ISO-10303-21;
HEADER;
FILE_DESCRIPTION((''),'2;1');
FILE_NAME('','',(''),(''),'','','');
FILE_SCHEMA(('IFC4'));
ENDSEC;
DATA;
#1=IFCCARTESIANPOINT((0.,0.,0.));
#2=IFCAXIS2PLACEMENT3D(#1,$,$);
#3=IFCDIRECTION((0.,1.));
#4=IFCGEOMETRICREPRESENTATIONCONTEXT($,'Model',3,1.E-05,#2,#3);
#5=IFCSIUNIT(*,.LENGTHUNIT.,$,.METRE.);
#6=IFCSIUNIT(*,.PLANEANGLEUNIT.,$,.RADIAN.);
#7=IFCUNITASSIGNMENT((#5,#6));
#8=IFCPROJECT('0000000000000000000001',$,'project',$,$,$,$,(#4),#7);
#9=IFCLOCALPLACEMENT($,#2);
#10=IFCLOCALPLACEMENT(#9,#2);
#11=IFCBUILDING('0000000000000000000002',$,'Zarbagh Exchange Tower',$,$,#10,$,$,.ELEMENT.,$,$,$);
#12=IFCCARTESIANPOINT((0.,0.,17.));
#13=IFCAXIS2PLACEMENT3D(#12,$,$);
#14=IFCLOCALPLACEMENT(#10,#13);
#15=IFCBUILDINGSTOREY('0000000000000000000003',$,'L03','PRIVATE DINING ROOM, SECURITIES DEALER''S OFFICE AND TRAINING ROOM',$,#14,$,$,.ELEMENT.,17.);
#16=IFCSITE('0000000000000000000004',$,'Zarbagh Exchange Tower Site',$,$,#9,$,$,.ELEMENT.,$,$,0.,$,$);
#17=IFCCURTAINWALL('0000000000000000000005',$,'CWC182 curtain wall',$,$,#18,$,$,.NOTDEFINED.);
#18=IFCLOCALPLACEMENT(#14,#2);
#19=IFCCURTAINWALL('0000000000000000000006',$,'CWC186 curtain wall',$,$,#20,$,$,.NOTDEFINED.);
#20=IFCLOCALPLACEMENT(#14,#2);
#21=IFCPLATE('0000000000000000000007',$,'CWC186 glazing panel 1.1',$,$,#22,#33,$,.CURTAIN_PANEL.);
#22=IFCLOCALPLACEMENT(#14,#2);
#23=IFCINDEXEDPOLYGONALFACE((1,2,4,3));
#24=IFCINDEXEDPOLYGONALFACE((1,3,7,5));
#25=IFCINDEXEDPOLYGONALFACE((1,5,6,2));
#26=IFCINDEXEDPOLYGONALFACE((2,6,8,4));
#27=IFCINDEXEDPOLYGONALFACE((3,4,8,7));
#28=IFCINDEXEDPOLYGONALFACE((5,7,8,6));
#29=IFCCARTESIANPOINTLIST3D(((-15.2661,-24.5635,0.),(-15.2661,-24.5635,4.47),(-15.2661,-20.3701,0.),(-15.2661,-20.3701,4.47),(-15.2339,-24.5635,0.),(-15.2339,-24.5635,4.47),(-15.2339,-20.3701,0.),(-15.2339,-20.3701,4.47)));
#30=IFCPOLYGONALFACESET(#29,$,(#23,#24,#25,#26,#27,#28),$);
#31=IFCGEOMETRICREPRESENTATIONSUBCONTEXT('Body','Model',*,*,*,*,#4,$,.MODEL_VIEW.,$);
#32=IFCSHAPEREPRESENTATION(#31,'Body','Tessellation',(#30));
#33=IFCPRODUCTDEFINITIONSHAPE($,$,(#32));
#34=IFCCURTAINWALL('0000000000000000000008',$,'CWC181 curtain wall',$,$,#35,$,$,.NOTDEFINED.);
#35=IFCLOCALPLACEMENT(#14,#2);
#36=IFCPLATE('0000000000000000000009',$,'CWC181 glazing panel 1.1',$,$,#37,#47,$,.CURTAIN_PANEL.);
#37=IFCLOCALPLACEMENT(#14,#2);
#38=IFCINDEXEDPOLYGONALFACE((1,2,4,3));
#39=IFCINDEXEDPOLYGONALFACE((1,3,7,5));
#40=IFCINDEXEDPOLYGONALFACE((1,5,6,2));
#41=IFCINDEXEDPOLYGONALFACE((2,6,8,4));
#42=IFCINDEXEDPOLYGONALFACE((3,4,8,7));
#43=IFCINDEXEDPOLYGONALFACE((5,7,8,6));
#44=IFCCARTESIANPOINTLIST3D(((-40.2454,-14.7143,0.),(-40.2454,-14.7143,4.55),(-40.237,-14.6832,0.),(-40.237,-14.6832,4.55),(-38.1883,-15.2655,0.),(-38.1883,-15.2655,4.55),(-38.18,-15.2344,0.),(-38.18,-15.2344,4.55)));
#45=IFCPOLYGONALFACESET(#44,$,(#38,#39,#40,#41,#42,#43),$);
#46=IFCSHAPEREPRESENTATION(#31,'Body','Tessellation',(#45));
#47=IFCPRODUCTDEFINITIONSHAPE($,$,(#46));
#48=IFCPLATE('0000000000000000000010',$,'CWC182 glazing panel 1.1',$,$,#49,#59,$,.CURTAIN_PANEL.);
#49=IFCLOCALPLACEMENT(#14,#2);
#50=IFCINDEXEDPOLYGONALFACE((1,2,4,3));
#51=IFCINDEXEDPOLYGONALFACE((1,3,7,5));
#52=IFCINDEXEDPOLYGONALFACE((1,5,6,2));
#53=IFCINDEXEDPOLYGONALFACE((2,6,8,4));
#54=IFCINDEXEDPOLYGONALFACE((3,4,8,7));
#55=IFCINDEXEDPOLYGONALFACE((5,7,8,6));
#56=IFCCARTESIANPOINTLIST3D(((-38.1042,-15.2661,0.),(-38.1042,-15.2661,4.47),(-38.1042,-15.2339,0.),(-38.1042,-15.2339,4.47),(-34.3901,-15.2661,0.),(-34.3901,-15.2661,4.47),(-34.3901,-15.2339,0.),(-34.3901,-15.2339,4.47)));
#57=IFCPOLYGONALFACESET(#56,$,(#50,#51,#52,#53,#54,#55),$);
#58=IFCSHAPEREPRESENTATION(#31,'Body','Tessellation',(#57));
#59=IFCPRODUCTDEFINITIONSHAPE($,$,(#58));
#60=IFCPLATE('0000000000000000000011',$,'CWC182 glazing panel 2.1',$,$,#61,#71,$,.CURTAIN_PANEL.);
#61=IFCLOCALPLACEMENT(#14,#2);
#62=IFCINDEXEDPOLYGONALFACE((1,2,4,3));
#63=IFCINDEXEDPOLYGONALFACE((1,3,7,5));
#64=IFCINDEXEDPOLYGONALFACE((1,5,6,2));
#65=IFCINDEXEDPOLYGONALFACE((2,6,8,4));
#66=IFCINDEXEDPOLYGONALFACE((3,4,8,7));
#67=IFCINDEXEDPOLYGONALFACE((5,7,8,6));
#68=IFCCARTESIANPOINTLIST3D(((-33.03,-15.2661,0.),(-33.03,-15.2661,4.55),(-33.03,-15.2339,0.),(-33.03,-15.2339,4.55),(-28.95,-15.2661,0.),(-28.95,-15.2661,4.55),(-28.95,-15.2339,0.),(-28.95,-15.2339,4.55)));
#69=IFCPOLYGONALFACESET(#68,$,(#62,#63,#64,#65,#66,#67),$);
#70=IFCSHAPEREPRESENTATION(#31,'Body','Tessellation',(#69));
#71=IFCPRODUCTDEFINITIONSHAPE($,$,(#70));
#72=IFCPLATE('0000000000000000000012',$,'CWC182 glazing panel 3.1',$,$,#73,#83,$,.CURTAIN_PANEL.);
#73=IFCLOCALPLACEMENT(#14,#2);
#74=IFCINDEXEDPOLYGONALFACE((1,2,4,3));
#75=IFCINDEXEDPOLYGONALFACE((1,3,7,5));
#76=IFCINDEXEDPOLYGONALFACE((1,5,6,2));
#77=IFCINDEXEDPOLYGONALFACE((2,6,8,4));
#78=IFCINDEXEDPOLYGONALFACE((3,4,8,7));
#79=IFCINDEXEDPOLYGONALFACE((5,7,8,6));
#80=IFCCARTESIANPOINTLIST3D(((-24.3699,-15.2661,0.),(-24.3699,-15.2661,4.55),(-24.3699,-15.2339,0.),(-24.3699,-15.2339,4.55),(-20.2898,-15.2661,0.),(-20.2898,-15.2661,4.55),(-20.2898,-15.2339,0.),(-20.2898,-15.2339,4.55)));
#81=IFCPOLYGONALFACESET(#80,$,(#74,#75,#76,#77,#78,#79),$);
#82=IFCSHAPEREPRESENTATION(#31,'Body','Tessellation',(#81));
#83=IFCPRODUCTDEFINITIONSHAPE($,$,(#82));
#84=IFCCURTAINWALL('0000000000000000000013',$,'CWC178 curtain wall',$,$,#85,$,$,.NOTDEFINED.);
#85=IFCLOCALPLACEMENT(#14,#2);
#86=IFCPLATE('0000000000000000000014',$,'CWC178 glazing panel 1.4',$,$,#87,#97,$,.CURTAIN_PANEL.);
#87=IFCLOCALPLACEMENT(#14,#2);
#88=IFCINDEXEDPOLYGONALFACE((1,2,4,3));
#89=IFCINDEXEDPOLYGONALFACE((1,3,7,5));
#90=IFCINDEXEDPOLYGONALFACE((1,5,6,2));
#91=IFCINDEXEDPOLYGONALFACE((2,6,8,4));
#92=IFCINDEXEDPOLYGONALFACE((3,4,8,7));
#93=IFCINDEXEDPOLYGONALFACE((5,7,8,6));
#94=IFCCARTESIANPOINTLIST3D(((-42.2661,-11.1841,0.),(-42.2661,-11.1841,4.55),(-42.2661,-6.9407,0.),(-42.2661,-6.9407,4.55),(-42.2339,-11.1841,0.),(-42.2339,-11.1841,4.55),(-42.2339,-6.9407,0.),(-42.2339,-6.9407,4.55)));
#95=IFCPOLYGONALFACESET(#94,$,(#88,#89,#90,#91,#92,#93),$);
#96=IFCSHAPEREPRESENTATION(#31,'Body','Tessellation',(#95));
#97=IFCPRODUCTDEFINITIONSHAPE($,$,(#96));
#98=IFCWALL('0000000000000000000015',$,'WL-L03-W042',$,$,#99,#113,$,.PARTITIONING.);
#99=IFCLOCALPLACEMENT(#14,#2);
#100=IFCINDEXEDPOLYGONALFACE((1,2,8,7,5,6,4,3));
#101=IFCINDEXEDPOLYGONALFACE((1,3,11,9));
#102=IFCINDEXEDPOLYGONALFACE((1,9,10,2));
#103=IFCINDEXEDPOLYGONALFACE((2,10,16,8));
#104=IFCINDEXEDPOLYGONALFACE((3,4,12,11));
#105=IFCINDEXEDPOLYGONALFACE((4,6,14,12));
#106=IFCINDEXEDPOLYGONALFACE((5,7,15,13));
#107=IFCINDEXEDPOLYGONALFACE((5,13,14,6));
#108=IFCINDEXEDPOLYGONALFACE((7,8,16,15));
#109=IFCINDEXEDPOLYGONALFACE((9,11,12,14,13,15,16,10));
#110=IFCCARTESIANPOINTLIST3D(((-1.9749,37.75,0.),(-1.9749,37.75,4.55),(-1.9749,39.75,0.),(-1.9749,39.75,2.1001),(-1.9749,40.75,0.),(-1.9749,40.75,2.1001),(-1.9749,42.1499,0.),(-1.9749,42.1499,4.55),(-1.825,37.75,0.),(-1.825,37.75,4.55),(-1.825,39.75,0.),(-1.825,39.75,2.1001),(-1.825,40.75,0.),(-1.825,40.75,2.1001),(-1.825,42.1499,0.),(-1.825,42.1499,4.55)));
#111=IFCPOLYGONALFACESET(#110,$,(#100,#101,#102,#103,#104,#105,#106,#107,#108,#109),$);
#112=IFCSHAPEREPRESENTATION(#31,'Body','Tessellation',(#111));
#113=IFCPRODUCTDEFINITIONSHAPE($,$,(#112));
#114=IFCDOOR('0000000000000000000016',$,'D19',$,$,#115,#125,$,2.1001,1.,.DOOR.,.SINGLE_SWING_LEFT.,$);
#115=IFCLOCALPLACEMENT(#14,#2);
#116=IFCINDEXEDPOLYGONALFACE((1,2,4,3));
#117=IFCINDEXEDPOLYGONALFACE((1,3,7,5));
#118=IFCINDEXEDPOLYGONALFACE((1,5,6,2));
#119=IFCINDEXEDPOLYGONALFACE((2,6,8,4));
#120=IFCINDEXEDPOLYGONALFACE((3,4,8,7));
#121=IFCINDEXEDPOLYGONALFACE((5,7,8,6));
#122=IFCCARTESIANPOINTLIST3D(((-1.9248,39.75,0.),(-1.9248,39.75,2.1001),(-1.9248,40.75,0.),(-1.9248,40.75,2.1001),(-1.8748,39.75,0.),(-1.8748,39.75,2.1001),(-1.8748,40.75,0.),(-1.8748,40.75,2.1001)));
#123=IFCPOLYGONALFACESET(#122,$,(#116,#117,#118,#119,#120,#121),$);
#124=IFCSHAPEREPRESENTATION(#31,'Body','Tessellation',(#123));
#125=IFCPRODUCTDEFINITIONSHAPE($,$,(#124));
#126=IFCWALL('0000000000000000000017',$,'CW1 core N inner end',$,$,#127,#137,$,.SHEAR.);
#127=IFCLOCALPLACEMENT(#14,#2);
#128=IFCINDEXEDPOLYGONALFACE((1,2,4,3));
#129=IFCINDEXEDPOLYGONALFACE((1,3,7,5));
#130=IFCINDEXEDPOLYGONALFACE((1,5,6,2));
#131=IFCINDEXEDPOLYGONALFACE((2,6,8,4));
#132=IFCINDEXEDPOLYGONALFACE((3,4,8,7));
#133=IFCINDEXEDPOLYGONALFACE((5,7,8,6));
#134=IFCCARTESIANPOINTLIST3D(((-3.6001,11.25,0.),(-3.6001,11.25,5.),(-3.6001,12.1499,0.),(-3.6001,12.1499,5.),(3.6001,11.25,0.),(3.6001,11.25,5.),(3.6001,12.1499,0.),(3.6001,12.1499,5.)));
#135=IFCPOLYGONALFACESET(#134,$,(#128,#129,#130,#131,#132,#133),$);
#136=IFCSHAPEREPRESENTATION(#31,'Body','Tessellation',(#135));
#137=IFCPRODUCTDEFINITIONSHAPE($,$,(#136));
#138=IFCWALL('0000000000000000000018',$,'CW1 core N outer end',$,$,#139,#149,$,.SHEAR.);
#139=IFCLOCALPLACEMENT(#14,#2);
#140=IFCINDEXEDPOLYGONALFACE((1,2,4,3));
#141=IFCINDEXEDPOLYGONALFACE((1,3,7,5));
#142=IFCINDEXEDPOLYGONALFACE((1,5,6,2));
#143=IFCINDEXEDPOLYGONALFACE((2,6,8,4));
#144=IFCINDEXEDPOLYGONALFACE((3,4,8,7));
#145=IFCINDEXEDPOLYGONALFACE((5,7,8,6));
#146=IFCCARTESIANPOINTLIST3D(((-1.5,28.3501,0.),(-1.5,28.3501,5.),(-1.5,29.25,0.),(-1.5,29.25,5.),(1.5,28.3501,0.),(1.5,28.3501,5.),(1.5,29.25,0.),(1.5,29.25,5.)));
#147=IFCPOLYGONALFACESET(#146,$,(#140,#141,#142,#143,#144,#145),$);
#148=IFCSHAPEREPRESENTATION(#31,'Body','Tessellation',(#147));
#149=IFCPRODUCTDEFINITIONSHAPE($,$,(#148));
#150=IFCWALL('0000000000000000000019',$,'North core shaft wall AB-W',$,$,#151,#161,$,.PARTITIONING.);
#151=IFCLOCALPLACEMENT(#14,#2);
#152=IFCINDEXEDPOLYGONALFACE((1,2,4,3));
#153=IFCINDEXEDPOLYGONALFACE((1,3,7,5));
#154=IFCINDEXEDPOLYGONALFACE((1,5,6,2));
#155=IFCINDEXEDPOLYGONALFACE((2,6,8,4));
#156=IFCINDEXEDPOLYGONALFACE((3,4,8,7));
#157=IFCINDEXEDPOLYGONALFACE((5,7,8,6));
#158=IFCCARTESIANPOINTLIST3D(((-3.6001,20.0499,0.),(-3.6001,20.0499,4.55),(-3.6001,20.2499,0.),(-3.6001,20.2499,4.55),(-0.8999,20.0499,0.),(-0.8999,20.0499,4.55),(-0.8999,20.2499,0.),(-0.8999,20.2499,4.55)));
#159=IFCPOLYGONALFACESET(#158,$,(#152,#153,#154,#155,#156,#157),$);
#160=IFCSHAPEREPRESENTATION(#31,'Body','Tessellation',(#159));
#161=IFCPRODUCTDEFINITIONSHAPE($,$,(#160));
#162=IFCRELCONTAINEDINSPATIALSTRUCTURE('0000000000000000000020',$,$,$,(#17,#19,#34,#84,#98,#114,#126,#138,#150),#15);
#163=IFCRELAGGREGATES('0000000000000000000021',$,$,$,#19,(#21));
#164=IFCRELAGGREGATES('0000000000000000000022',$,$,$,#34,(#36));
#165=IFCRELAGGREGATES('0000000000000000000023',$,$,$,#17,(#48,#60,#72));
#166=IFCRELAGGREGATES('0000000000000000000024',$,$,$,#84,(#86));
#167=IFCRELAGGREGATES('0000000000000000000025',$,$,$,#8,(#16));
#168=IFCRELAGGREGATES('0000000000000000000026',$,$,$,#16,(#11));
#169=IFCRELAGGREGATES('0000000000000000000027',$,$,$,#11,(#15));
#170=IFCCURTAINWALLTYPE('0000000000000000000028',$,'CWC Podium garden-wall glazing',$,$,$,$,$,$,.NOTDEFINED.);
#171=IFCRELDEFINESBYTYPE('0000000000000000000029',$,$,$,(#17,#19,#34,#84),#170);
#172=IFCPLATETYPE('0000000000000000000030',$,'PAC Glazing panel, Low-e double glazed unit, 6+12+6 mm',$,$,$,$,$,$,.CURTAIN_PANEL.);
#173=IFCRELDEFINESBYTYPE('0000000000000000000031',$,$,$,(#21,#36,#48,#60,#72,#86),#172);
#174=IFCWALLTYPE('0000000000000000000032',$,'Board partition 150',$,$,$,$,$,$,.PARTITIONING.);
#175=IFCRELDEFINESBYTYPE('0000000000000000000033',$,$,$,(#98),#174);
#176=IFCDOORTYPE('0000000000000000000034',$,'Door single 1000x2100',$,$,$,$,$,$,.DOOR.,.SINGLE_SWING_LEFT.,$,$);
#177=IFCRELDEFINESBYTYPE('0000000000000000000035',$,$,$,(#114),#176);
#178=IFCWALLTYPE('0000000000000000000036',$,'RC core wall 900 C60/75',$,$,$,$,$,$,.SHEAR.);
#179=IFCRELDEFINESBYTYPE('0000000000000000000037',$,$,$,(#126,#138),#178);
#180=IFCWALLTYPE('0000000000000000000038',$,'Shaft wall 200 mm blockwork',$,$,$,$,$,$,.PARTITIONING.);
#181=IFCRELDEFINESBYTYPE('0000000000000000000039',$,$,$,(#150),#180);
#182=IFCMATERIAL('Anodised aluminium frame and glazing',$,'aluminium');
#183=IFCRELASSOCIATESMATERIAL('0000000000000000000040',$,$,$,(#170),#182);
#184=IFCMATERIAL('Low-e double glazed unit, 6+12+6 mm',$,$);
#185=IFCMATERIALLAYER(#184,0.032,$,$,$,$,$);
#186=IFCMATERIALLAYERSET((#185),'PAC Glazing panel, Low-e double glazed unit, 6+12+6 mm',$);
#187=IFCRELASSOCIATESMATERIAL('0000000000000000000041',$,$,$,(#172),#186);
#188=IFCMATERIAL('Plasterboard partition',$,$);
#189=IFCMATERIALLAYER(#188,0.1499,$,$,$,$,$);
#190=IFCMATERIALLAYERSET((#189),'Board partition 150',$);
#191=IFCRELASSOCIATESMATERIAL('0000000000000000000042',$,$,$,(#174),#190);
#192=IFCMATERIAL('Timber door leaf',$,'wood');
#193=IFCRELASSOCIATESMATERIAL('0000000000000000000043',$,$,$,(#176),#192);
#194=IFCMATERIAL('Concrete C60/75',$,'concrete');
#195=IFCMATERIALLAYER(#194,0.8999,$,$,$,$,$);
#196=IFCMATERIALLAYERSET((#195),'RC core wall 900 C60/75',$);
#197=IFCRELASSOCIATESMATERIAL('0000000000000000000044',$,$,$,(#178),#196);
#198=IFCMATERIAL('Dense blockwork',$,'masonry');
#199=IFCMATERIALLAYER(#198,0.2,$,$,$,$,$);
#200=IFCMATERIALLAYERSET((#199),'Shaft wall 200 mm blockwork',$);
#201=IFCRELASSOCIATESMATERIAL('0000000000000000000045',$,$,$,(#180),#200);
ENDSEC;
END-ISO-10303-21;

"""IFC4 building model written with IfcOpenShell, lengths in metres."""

from ifc_helpers import new_model, si_unit, direction, frame, frame_2d, origin, place, context, subcontext, project, spatial, polyline, rectangle, outline, extrude, source, transform, mapped, material, layer, layer_set, type_object, element, fill, aggregate, save


model = new_model("IFC4")

# Units and contexts
model_context = context("Model", 3, precision=1e-05, world=origin(), true_north=direction((0.0, 1.0)))
body_context = subcontext(model_context, "Body", "Model", "MODEL_VIEW")
ifc_project = project(units=[si_unit("LENGTHUNIT", "METRE"), si_unit("PLANEANGLEUNIT", "RADIAN")], contexts=[model_context])

# Site, building, storey
site_placement = place(None, origin())
site = spatial("IfcSite", under=ifc_project, at=site_placement, Name="Zarbagh Exchange Tower Site", CompositionType="ELEMENT", RefElevation=0.0)
building_placement = place(site_placement, origin())
building = spatial("IfcBuilding", under=site, at=building_placement, Name="Zarbagh Exchange Tower", CompositionType="ELEMENT")
storey_placement = place(building_placement, frame((0.0, 0.0, 17.0)))
storey = spatial("IfcBuildingStorey", under=building, at=storey_placement, Name="L03", Description="PRIVATE DINING ROOM, SECURITIES DEALER'S OFFICE AND TRAINING ROOM", CompositionType="ELEMENT", Elevation=17.0)

# Shared definitions
ifc_material_1 = material(Name="Concrete C60/75", Category="concrete")

# Curtain wall
ifc_material_2 = material(Name="Anodised aluminium frame and glazing", Category="aluminium")
curtain_wall_type = type_object("IfcCurtainWallType", Name="CWC Podium garden-wall glazing", PredefinedType="NOTDEFINED", material=ifc_material_2)
curtain_wall_1_placement = place(storey_placement, origin())
curtain_wall_1 = element("IfcCurtainWall", 1, at=curtain_wall_1_placement, inside=storey, type_object=curtain_wall_type, Name="CWC182 curtain wall", PredefinedType="NOTDEFINED")
placement = place(storey_placement, origin())

# Curtain wall
curtain_wall_2_placement = place(storey_placement, origin())
curtain_wall_2 = element("IfcCurtainWall", 2, at=curtain_wall_2_placement, inside=storey, type_object=curtain_wall_type, Name="CWC186 curtain wall", PredefinedType="NOTDEFINED")

# Shared definitions
ifc_material_3 = material(Name="Low-e double glazed unit, 6+12+6 mm")
ifc_layer_1 = layer(ifc_material_3, 0.032)
ifc_layer_set_1 = layer_set([ifc_layer_1], Name="PAC Glazing panel, Low-e double glazed unit, 6+12+6 mm")
plate_type = type_object("IfcPlateType", Name="PAC Glazing panel, Low-e double glazed unit, 6+12+6 mm", PredefinedType="CURTAIN_PANEL", material=ifc_layer_set_1)

# Plate
shared_shape_1 = source(origin(), body_context, "Body", "SweptSolid", [
    extrude(outline(polyline([(0.0, -0.0161), (4.1934, -0.0161), (4.1934, 0.0161), (0.0, 0.0161), (0.0, -0.0161)])), origin(), (0.0, 0.0, 1.0), 4.47),
])
plate_1 = element("IfcPlate", 3, at=placement, type_object=plate_type, Name="CWC186 glazing panel 1.1", PredefinedType="CURTAIN_PANEL", context=body_context, shape_type="MappedRepresentation", body=[
    mapped(shared_shape_1, transform((-15.25, -20.3701, 0.0), x_axis=(0.0, -1.0, 0.0), y_axis=(1.0, 0.0, 0.0), z_axis=(0.0, 0.0, 1.0))),
])
aggregate(curtain_wall_2, [plate_1])

# Curtain wall, plate
curtain_wall_3_placement = place(storey_placement, origin())
curtain_wall_3 = element("IfcCurtainWall", 4, at=curtain_wall_3_placement, inside=storey, type_object=curtain_wall_type, Name="CWC181 curtain wall", PredefinedType="NOTDEFINED")
shared_shape_2 = source(origin(), body_context, "Body", "SweptSolid", [
    extrude(outline(polyline([(0.0, -0.0161), (2.1296, -0.0161), (2.1296, 0.0161), (0.0, 0.0161), (0.0, -0.0161)])), origin(), (0.0, 0.0, 1.0), 4.55),
])
plate_2 = element("IfcPlate", 5, at=placement, type_object=plate_type, Name="CWC181 glazing panel 1.1", PredefinedType="CURTAIN_PANEL", context=body_context, shape_type="MappedRepresentation", body=[
    mapped(shared_shape_2, transform((-40.2412, -14.6987, 0.0), x_axis=(0.965924, -0.258825, 0.0), y_axis=(0.258825, 0.965924, 0.0), z_axis=(0.0, 0.0, 1.0))),
])
aggregate(curtain_wall_3, [plate_2])

# Plates
shared_shape_3 = source(origin(), body_context, "Body", "SweptSolid", [
    extrude(outline(polyline([(0.0, -0.0161), (3.7141, -0.0161), (3.7141, 0.0161), (0.0, 0.0161), (0.0, -0.0161)])), origin(), (0.0, 0.0, 1.0), 4.47),
])
plate_3 = element("IfcPlate", 6, at=placement, type_object=plate_type, Name="CWC182 glazing panel 1.1", PredefinedType="CURTAIN_PANEL", context=body_context, shape_type="MappedRepresentation", body=[
    mapped(shared_shape_3, transform((-38.1042, -15.25, 0.0), x_axis=(1.0, 0.0, 0.0), y_axis=(0.0, 1.0, 0.0), z_axis=(0.0, 0.0, 1.0))),
])
shared_shape_4 = source(origin(), body_context, "Body", "SweptSolid", [
    extrude(outline(polyline([(0.0, -0.0161), (4.0801, -0.0161), (4.0801, 0.0161), (0.0, 0.0161), (0.0, -0.0161)])), origin(), (0.0, 0.0, 1.0), 4.55),
])
plate_4 = element("IfcPlate", 7, at=placement, type_object=plate_type, Name="CWC182 glazing panel 2.1", PredefinedType="CURTAIN_PANEL", context=body_context, shape_type="MappedRepresentation", body=[
    mapped(shared_shape_4, transform((-33.03, -15.25, 0.0), x_axis=(1.0, 0.0, 0.0), y_axis=(0.0, 1.0, 0.0), z_axis=(0.0, 0.0, 1.0))),
])
plate_5 = element("IfcPlate", 8, at=placement, type_object=plate_type, Name="CWC182 glazing panel 3.1", PredefinedType="CURTAIN_PANEL", context=body_context, shape_type="MappedRepresentation", body=[
    mapped(shared_shape_4, transform((-24.3699, -15.25, 0.0), x_axis=(1.0, 0.0, 0.0), y_axis=(0.0, 1.0, 0.0), z_axis=(0.0, 0.0, 1.0))),
])
aggregate(curtain_wall_1, [plate_3, plate_4, plate_5])

# Curtain wall, plate
curtain_wall_4_placement = place(storey_placement, origin())
curtain_wall_4 = element("IfcCurtainWall", 9, at=curtain_wall_4_placement, inside=storey, type_object=curtain_wall_type, Name="CWC178 curtain wall", PredefinedType="NOTDEFINED")
shared_shape_5 = source(origin(), body_context, "Body", "SweptSolid", [
    extrude(outline(polyline([(0.0, -0.0161), (4.2434, -0.0161), (4.2434, 0.0161), (0.0, 0.0161), (0.0, -0.0161)])), origin(), (0.0, 0.0, 1.0), 4.55),
])
plate_6 = element("IfcPlate", 10, at=placement, type_object=plate_type, Name="CWC178 glazing panel 1.4", PredefinedType="CURTAIN_PANEL", context=body_context, shape_type="MappedRepresentation", body=[
    mapped(shared_shape_5, transform((-42.25, -6.9407, 0.0), x_axis=(0.0, -1.0, 0.0), y_axis=(1.0, 0.0, 0.0), z_axis=(0.0, 0.0, 1.0))),
])
aggregate(curtain_wall_4, [plate_6])

# Wall, opening, door
ifc_material_4 = material(Name="Plasterboard partition")
ifc_layer_2 = layer(ifc_material_4, 0.1499)
ifc_layer_set_2 = layer_set([ifc_layer_2], Name="Board partition 150")
wall_type_1 = type_object("IfcWallType", Name="Board partition 150", PredefinedType="PARTITIONING", material=ifc_layer_set_2)
wall_1_placement = place(storey_placement, frame((-1.8999, 37.75, 0.0), z_axis=(0.0, 0.0, 1.0), x_axis=(0.0, 1.0, 0.0)))
wall_1 = element("IfcWall", 11, at=wall_1_placement, inside=storey, type_object=wall_type_1, Name="WL-L03-W042", PredefinedType="PARTITIONING", context=body_context, shape_type="SweptSolid", body=[
    extrude(rectangle(XDim=4.3999, YDim=0.1499, at=frame_2d((2.2, 0.0))), origin(), (0.0, 0.0, 1.0), 4.55),
])
opening_1_placement = place(wall_1_placement, frame((2.0, 0.0, 0.0)))
opening_1 = element("IfcOpeningElement", 12, at=opening_1_placement, cuts=wall_1, PredefinedType="OPENING", context=body_context, shape_type="SweptSolid", body=[
    extrude(rectangle(XDim=1.0, YDim=2.1001, at=frame_2d((0.5, 1.05))), frame((0.0, 0.085, 0.0), z_axis=(0.0, -1.0, 0.0), x_axis=(1.0, 0.0, 0.0)), (0.0, 0.0, 1.0), 0.1699),
])
ifc_material_5 = material(Name="Timber door leaf", Category="wood")
door_type_1 = type_object("IfcDoorType", Name="Door single 1000x2100", OperationType="SINGLE_SWING_LEFT", PredefinedType="DOOR", material=ifc_material_5)
door_1_placement = place(opening_1_placement, origin())
door_1 = element("IfcDoor", 13, at=door_1_placement, inside=storey, type_object=door_type_1, Name="D19", OperationType="SINGLE_SWING_LEFT", OverallHeight=2.1001, OverallWidth=1.0, PredefinedType="DOOR", context=body_context, shape_type="SweptSolid", body=[
    extrude(rectangle(XDim=1.0, YDim=2.1001, at=frame_2d((0.5, 1.05))), frame((0.0, 0.0249, 0.0), z_axis=(0.0, -1.0, 0.0), x_axis=(1.0, 0.0, 0.0)), (0.0, 0.0, 1.0), 0.05),
])
fill(opening_1, door_1)

# Walls
ifc_layer_3 = layer(ifc_material_1, 0.8999)
ifc_layer_set_3 = layer_set([ifc_layer_3], Name="RC core wall 900 C60/75")
wall_type_2 = type_object("IfcWallType", Name="RC core wall 900 C60/75", PredefinedType="SHEAR", material=ifc_layer_set_3)
wall_2_placement = place(storey_placement, frame((-3.6001, 11.7, 0.0), z_axis=(0.0, 0.0, 1.0), x_axis=(1.0, 0.0, 0.0)))
element("IfcWall", 14, at=wall_2_placement, inside=storey, type_object=wall_type_2, Name="CW1 core N inner end", PredefinedType="SHEAR", context=body_context, shape_type="SweptSolid", body=[
    extrude(rectangle(XDim=7.2002, YDim=0.8999, at=frame_2d((3.6001, 0.0))), origin(), (0.0, 0.0, 1.0), 5.0),
])
wall_3_placement = place(storey_placement, frame((-1.5, 28.8, 0.0), z_axis=(0.0, 0.0, 1.0), x_axis=(1.0, 0.0, 0.0)))
element("IfcWall", 15, at=wall_3_placement, inside=storey, type_object=wall_type_2, Name="CW1 core N outer end", PredefinedType="SHEAR", context=body_context, shape_type="SweptSolid", body=[
    extrude(rectangle(XDim=3.0, YDim=0.8999, at=frame_2d((1.5, 0.0))), origin(), (0.0, 0.0, 1.0), 5.0),
])
ifc_material_6 = material(Name="Dense blockwork", Category="masonry")
ifc_layer_4 = layer(ifc_material_6, 0.2)
ifc_layer_set_4 = layer_set([ifc_layer_4], Name="Shaft wall 200 mm blockwork")
wall_type_3 = type_object("IfcWallType", Name="Shaft wall 200 mm blockwork", PredefinedType="PARTITIONING", material=ifc_layer_set_4)
wall_4_placement = place(storey_placement, frame((-3.6001, 20.1499, 0.0), z_axis=(0.0, 0.0, 1.0), x_axis=(1.0, 0.0, 0.0)))
element("IfcWall", 16, at=wall_4_placement, inside=storey, type_object=wall_type_3, Name="North core shaft wall AB-W", PredefinedType="PARTITIONING", context=body_context, shape_type="SweptSolid", body=[
    extrude(rectangle(XDim=2.7002, YDim=0.2, at=frame_2d((1.3501, 0.0))), origin(), (0.0, 0.0, 1.0), 4.55),
])

save(model, "model.ifc")
